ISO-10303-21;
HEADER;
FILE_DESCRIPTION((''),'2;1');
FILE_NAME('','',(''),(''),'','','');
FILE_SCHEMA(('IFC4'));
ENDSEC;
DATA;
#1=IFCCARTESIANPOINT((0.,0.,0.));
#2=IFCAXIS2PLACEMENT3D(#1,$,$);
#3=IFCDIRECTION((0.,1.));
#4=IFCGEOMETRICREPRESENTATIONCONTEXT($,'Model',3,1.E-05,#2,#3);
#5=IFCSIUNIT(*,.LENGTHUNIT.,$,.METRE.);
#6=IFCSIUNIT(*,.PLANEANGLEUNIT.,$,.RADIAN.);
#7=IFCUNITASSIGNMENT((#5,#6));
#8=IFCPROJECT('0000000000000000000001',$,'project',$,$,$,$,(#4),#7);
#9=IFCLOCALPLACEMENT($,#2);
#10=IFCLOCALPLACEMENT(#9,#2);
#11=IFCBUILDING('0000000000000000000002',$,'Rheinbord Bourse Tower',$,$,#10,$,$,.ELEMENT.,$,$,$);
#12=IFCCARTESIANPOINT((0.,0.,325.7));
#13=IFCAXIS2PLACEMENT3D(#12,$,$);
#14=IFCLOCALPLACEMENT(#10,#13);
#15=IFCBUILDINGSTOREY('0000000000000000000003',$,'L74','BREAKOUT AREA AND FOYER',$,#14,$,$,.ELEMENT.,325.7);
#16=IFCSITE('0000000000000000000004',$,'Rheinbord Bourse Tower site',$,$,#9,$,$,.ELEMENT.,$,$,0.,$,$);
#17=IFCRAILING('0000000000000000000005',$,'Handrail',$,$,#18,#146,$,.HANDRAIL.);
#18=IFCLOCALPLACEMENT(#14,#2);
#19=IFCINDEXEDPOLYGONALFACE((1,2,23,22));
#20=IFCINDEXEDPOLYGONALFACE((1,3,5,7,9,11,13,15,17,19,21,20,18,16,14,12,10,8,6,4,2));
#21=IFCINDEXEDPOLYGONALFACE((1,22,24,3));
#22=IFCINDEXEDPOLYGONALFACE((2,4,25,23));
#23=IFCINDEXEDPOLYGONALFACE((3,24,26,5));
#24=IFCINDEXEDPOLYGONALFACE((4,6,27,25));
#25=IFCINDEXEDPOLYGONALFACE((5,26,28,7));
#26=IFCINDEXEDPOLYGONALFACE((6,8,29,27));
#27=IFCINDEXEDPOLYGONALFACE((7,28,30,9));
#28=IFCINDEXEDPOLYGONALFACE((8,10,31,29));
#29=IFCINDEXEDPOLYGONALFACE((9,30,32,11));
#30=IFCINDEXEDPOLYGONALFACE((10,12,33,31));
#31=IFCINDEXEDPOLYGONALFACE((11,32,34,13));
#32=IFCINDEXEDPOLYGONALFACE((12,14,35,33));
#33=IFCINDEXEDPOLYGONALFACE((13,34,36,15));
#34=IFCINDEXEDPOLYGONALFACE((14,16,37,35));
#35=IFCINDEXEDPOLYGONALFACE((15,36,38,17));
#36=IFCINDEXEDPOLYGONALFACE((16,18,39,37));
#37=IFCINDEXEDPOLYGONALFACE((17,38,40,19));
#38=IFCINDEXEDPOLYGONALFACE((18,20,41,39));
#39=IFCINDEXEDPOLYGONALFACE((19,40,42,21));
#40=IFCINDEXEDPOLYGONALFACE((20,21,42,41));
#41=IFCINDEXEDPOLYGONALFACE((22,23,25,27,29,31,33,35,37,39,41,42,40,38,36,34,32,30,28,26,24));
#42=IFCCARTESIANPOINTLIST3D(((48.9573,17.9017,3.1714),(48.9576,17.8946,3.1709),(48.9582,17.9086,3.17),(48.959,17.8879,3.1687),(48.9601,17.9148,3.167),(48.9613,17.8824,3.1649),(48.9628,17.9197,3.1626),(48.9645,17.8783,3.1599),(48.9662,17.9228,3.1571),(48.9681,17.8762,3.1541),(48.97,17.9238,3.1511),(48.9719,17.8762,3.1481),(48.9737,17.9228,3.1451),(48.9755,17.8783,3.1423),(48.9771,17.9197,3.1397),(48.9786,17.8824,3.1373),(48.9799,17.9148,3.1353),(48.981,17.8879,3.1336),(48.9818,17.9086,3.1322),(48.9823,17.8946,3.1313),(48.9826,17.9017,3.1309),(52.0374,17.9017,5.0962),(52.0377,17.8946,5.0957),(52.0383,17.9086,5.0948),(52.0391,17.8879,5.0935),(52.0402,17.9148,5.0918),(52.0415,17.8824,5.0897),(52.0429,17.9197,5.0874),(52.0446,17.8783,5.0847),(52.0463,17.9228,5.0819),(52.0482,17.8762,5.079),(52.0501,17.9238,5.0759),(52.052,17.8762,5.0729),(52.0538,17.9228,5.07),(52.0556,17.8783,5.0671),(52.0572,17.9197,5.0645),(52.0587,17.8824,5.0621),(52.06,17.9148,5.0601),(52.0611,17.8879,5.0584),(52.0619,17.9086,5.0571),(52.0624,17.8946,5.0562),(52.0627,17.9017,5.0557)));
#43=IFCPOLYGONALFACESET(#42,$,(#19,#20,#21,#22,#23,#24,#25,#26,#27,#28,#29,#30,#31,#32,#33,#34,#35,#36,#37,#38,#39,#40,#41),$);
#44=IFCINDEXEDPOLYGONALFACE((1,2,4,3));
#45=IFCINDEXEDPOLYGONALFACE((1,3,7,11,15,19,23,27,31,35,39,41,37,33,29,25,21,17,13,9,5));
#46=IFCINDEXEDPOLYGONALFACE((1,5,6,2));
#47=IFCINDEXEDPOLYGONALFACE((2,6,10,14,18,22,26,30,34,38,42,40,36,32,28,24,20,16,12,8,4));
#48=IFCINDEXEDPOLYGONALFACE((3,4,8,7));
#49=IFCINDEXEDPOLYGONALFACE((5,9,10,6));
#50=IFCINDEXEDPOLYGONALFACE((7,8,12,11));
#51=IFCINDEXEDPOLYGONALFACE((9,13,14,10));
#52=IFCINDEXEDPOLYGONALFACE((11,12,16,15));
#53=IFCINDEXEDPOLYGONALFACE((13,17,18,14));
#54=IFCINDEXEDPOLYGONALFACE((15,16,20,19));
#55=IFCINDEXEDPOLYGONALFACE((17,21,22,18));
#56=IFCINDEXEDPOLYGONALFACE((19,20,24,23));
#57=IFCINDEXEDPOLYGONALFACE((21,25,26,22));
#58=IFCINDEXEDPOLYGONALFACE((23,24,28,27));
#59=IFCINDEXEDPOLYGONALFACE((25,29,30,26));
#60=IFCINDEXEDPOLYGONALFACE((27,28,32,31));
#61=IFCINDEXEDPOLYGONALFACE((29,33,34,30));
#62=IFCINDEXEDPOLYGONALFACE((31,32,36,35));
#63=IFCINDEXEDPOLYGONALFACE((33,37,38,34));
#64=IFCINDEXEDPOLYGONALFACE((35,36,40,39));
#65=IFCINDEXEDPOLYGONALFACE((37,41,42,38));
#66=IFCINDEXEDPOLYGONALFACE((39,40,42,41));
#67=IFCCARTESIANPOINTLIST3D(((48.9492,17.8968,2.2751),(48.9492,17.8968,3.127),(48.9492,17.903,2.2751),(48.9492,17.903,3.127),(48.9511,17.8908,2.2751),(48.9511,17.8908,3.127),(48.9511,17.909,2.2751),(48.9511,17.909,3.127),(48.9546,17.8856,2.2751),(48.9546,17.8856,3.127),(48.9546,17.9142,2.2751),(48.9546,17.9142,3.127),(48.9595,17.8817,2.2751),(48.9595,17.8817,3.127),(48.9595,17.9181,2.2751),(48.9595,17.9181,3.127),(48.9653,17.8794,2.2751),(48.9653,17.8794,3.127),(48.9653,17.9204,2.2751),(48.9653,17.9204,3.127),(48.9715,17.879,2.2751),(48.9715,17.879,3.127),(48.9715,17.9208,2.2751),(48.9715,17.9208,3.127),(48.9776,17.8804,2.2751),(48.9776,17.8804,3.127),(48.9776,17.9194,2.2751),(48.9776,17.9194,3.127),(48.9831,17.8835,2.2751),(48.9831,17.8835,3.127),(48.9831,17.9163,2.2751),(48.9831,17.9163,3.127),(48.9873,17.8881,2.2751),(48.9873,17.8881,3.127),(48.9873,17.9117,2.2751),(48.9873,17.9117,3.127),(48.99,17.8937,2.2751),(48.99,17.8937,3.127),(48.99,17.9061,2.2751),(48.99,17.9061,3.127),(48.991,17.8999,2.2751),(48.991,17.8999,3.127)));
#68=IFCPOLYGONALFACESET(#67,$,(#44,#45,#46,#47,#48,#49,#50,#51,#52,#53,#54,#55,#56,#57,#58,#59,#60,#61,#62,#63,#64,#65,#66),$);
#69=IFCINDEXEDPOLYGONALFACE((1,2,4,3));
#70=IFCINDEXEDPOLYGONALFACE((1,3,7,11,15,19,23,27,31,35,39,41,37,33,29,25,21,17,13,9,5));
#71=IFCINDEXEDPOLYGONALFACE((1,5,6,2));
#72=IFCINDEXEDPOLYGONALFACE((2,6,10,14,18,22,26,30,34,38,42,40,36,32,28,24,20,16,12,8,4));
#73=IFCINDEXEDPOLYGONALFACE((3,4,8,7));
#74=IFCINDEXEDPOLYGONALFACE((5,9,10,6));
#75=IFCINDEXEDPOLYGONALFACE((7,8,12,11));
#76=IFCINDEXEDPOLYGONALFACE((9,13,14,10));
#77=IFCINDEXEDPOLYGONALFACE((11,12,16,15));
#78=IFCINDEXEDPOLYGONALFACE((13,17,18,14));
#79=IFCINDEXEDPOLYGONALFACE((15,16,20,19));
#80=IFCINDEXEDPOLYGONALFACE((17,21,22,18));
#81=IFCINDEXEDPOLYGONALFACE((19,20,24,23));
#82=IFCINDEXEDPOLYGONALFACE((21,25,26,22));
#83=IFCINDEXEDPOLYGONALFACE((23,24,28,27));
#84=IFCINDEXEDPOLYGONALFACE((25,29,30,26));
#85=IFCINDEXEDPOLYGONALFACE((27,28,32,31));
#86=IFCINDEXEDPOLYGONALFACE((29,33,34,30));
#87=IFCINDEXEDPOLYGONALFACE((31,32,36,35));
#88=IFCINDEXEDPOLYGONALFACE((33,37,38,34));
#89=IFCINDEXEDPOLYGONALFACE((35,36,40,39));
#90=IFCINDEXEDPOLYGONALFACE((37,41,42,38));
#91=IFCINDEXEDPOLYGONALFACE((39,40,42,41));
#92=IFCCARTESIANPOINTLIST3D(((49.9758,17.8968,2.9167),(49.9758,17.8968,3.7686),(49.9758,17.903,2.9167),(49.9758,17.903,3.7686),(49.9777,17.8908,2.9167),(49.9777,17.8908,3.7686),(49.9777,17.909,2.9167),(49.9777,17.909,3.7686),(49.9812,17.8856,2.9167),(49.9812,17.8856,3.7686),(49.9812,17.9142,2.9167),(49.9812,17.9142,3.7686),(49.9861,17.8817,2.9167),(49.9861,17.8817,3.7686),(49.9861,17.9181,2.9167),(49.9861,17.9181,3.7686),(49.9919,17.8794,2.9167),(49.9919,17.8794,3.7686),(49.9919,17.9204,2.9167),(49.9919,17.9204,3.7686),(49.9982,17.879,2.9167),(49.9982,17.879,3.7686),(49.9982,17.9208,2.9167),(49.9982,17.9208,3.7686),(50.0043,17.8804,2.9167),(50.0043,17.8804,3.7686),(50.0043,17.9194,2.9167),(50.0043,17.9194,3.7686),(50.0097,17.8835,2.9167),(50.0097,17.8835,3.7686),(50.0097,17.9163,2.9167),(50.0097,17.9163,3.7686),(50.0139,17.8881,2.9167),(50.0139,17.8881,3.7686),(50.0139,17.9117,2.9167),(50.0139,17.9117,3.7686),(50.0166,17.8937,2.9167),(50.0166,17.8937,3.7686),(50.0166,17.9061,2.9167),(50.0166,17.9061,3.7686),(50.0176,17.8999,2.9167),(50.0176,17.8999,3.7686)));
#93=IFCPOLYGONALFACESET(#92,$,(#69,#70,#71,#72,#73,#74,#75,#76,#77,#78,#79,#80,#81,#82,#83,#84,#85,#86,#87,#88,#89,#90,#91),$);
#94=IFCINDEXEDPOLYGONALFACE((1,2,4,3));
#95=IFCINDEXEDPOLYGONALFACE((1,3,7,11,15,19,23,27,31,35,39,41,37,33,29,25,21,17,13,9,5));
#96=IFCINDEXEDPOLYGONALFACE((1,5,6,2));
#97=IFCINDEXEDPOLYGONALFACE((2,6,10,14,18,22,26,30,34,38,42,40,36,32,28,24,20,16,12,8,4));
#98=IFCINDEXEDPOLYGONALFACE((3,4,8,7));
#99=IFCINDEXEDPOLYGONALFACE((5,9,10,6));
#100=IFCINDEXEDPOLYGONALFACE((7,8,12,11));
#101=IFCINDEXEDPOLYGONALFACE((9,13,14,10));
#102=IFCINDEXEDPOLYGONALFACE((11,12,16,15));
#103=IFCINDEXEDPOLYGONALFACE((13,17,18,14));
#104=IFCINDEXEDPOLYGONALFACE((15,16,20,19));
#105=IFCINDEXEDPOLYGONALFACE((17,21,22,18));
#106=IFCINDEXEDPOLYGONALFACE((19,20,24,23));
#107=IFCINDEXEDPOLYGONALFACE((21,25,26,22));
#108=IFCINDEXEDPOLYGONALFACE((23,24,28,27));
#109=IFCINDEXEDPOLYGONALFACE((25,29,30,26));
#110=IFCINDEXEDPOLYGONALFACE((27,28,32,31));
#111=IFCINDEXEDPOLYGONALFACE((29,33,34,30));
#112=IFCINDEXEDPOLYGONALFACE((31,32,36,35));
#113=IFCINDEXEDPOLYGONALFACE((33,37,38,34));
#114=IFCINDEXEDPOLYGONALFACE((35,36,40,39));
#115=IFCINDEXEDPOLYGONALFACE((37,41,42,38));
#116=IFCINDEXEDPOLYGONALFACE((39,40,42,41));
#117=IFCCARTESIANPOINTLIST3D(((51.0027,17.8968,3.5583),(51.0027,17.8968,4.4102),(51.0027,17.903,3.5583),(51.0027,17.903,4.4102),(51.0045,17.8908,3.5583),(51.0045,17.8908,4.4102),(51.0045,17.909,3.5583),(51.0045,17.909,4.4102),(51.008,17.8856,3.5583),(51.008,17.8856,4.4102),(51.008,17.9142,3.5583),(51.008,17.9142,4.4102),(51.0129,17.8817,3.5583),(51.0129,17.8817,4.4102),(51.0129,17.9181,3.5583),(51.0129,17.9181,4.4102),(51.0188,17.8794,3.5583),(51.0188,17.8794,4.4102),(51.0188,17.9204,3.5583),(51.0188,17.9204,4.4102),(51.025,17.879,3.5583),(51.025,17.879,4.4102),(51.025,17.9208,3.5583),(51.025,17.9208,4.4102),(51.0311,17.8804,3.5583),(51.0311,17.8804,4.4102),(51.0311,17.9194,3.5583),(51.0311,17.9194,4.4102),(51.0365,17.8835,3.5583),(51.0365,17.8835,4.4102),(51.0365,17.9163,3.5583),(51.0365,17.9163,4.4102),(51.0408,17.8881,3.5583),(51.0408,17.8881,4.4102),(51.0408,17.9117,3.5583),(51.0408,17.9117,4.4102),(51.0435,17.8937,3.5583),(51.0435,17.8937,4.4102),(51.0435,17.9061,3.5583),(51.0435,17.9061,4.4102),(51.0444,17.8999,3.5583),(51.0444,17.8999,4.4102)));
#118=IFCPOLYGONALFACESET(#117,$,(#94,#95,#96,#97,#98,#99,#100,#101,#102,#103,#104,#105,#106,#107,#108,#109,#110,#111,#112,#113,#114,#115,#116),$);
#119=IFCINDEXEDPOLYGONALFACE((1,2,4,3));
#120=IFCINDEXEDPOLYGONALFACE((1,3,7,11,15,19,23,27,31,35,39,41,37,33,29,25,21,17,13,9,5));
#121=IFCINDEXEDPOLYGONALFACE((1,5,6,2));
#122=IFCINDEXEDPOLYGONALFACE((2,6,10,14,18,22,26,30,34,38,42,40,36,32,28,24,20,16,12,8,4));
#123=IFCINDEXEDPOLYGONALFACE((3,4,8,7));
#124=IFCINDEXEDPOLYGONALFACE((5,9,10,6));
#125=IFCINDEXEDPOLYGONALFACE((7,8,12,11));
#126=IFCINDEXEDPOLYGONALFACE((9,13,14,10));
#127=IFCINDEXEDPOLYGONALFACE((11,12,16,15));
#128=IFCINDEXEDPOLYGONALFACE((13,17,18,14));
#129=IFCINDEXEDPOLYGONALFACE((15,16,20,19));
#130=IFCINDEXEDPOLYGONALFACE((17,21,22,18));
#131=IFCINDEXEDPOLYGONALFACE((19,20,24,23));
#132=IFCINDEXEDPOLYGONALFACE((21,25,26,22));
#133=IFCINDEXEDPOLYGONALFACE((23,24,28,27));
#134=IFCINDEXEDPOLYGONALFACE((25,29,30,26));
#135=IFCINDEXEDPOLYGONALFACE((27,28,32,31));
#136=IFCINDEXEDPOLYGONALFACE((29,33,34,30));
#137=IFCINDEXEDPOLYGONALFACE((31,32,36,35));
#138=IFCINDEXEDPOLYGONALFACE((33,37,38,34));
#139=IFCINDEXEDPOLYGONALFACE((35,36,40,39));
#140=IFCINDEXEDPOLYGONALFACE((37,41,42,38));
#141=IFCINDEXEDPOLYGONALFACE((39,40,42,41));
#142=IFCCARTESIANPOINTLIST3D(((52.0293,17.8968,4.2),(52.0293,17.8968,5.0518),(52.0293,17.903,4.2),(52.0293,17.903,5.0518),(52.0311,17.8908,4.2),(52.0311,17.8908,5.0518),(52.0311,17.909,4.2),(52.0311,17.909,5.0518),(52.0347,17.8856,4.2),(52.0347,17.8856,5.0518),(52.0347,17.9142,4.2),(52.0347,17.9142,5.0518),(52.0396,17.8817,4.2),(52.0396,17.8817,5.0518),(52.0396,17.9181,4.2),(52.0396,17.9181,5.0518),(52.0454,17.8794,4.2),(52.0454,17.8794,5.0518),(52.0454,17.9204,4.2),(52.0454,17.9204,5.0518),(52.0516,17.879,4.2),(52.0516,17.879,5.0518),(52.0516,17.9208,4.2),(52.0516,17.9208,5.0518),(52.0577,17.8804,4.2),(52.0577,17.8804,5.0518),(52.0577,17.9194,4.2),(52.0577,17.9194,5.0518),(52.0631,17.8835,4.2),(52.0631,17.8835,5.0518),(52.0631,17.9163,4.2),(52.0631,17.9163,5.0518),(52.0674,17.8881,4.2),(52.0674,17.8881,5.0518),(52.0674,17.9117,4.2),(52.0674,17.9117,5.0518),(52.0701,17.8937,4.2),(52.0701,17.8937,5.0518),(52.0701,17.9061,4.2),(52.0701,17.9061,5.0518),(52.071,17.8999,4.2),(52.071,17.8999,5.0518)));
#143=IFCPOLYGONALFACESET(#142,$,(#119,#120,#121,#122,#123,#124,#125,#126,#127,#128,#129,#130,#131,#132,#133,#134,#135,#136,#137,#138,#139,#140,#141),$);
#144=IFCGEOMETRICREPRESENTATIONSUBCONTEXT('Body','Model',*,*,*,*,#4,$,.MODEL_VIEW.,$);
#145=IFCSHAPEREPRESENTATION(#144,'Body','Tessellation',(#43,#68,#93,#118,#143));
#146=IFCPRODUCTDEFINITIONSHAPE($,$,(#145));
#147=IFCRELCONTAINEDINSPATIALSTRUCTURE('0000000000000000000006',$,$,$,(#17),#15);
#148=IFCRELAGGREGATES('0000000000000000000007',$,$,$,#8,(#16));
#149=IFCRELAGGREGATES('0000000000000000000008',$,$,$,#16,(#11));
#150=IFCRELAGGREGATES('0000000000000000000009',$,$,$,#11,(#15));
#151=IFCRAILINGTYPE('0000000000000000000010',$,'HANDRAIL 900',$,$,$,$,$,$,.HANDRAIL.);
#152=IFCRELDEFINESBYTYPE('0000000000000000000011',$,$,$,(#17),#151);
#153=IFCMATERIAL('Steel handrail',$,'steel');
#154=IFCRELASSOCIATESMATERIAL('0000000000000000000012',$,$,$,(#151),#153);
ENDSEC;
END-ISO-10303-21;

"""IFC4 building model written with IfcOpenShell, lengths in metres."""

from ifc_helpers import new_model, si_unit, direction, frame, origin, origin_2d, place, context, subcontext, project, spatial, circle, extrude, material, type_object, element, save


model = new_model("IFC4")

# Units and contexts
model_context = context("Model", 3, precision=1e-05, world=origin(), true_north=direction((0.0, 1.0)))
body_context = subcontext(model_context, "Body", "Model", "MODEL_VIEW")
ifc_project = project(units=[si_unit("LENGTHUNIT", "METRE"), si_unit("PLANEANGLEUNIT", "RADIAN")], contexts=[model_context])

# Site, building, storey
site_placement = place(None, origin())
site = spatial("IfcSite", under=ifc_project, at=site_placement, Name="Rheinbord Bourse Tower site", CompositionType="ELEMENT", RefElevation=0.0)
building_placement = place(site_placement, origin())
building = spatial("IfcBuilding", under=site, at=building_placement, Name="Rheinbord Bourse Tower", CompositionType="ELEMENT")
storey_placement = place(building_placement, frame((0.0, 0.0, 325.7)))
storey = spatial("IfcBuildingStorey", under=building, at=storey_placement, Name="L74", Description="BREAKOUT AREA AND FOYER", CompositionType="ELEMENT", Elevation=325.7)

# Railing
ifc_material_1 = material(Name="Steel handrail", Category="steel")
railing_type = type_object("IfcRailingType", Name="HANDRAIL 900", PredefinedType="HANDRAIL", material=ifc_material_1)
railing_1_placement = place(storey_placement, frame((48.97, 17.8999, 2.2751)))
element("IfcRailing", 1, at=railing_1_placement, inside=storey, type_object=railing_type, Name="Handrail", PredefinedType="HANDRAIL", context=body_context, shape_type="SweptSolid", body=[
    extrude(circle(Radius=0.0239, at=origin_2d()), frame((0.0, 0.0, 0.876), z_axis=(0.848029, 0.0, 0.529951), x_axis=(0.0, 1.0, 0.0)), (0.0, 0.0, 1.0), 3.6321),
    extrude(circle(Radius=0.021, at=origin_2d()), origin(), (0.0, 0.0, 1.0), 0.8518),
    extrude(circle(Radius=0.021, at=origin_2d()), frame((1.0266, 0.0, 0.6416)), (0.0, 0.0, 1.0), 0.8518),
    extrude(circle(Radius=0.021, at=origin_2d()), frame((2.0535, 0.0, 1.2832)), (0.0, 0.0, 1.0), 0.8518),
    extrude(circle(Radius=0.021, at=origin_2d()), frame((3.0801, 0.0, 1.9248)), (0.0, 0.0, 1.0), 0.8518),
])

save(model, "model.ifc")
